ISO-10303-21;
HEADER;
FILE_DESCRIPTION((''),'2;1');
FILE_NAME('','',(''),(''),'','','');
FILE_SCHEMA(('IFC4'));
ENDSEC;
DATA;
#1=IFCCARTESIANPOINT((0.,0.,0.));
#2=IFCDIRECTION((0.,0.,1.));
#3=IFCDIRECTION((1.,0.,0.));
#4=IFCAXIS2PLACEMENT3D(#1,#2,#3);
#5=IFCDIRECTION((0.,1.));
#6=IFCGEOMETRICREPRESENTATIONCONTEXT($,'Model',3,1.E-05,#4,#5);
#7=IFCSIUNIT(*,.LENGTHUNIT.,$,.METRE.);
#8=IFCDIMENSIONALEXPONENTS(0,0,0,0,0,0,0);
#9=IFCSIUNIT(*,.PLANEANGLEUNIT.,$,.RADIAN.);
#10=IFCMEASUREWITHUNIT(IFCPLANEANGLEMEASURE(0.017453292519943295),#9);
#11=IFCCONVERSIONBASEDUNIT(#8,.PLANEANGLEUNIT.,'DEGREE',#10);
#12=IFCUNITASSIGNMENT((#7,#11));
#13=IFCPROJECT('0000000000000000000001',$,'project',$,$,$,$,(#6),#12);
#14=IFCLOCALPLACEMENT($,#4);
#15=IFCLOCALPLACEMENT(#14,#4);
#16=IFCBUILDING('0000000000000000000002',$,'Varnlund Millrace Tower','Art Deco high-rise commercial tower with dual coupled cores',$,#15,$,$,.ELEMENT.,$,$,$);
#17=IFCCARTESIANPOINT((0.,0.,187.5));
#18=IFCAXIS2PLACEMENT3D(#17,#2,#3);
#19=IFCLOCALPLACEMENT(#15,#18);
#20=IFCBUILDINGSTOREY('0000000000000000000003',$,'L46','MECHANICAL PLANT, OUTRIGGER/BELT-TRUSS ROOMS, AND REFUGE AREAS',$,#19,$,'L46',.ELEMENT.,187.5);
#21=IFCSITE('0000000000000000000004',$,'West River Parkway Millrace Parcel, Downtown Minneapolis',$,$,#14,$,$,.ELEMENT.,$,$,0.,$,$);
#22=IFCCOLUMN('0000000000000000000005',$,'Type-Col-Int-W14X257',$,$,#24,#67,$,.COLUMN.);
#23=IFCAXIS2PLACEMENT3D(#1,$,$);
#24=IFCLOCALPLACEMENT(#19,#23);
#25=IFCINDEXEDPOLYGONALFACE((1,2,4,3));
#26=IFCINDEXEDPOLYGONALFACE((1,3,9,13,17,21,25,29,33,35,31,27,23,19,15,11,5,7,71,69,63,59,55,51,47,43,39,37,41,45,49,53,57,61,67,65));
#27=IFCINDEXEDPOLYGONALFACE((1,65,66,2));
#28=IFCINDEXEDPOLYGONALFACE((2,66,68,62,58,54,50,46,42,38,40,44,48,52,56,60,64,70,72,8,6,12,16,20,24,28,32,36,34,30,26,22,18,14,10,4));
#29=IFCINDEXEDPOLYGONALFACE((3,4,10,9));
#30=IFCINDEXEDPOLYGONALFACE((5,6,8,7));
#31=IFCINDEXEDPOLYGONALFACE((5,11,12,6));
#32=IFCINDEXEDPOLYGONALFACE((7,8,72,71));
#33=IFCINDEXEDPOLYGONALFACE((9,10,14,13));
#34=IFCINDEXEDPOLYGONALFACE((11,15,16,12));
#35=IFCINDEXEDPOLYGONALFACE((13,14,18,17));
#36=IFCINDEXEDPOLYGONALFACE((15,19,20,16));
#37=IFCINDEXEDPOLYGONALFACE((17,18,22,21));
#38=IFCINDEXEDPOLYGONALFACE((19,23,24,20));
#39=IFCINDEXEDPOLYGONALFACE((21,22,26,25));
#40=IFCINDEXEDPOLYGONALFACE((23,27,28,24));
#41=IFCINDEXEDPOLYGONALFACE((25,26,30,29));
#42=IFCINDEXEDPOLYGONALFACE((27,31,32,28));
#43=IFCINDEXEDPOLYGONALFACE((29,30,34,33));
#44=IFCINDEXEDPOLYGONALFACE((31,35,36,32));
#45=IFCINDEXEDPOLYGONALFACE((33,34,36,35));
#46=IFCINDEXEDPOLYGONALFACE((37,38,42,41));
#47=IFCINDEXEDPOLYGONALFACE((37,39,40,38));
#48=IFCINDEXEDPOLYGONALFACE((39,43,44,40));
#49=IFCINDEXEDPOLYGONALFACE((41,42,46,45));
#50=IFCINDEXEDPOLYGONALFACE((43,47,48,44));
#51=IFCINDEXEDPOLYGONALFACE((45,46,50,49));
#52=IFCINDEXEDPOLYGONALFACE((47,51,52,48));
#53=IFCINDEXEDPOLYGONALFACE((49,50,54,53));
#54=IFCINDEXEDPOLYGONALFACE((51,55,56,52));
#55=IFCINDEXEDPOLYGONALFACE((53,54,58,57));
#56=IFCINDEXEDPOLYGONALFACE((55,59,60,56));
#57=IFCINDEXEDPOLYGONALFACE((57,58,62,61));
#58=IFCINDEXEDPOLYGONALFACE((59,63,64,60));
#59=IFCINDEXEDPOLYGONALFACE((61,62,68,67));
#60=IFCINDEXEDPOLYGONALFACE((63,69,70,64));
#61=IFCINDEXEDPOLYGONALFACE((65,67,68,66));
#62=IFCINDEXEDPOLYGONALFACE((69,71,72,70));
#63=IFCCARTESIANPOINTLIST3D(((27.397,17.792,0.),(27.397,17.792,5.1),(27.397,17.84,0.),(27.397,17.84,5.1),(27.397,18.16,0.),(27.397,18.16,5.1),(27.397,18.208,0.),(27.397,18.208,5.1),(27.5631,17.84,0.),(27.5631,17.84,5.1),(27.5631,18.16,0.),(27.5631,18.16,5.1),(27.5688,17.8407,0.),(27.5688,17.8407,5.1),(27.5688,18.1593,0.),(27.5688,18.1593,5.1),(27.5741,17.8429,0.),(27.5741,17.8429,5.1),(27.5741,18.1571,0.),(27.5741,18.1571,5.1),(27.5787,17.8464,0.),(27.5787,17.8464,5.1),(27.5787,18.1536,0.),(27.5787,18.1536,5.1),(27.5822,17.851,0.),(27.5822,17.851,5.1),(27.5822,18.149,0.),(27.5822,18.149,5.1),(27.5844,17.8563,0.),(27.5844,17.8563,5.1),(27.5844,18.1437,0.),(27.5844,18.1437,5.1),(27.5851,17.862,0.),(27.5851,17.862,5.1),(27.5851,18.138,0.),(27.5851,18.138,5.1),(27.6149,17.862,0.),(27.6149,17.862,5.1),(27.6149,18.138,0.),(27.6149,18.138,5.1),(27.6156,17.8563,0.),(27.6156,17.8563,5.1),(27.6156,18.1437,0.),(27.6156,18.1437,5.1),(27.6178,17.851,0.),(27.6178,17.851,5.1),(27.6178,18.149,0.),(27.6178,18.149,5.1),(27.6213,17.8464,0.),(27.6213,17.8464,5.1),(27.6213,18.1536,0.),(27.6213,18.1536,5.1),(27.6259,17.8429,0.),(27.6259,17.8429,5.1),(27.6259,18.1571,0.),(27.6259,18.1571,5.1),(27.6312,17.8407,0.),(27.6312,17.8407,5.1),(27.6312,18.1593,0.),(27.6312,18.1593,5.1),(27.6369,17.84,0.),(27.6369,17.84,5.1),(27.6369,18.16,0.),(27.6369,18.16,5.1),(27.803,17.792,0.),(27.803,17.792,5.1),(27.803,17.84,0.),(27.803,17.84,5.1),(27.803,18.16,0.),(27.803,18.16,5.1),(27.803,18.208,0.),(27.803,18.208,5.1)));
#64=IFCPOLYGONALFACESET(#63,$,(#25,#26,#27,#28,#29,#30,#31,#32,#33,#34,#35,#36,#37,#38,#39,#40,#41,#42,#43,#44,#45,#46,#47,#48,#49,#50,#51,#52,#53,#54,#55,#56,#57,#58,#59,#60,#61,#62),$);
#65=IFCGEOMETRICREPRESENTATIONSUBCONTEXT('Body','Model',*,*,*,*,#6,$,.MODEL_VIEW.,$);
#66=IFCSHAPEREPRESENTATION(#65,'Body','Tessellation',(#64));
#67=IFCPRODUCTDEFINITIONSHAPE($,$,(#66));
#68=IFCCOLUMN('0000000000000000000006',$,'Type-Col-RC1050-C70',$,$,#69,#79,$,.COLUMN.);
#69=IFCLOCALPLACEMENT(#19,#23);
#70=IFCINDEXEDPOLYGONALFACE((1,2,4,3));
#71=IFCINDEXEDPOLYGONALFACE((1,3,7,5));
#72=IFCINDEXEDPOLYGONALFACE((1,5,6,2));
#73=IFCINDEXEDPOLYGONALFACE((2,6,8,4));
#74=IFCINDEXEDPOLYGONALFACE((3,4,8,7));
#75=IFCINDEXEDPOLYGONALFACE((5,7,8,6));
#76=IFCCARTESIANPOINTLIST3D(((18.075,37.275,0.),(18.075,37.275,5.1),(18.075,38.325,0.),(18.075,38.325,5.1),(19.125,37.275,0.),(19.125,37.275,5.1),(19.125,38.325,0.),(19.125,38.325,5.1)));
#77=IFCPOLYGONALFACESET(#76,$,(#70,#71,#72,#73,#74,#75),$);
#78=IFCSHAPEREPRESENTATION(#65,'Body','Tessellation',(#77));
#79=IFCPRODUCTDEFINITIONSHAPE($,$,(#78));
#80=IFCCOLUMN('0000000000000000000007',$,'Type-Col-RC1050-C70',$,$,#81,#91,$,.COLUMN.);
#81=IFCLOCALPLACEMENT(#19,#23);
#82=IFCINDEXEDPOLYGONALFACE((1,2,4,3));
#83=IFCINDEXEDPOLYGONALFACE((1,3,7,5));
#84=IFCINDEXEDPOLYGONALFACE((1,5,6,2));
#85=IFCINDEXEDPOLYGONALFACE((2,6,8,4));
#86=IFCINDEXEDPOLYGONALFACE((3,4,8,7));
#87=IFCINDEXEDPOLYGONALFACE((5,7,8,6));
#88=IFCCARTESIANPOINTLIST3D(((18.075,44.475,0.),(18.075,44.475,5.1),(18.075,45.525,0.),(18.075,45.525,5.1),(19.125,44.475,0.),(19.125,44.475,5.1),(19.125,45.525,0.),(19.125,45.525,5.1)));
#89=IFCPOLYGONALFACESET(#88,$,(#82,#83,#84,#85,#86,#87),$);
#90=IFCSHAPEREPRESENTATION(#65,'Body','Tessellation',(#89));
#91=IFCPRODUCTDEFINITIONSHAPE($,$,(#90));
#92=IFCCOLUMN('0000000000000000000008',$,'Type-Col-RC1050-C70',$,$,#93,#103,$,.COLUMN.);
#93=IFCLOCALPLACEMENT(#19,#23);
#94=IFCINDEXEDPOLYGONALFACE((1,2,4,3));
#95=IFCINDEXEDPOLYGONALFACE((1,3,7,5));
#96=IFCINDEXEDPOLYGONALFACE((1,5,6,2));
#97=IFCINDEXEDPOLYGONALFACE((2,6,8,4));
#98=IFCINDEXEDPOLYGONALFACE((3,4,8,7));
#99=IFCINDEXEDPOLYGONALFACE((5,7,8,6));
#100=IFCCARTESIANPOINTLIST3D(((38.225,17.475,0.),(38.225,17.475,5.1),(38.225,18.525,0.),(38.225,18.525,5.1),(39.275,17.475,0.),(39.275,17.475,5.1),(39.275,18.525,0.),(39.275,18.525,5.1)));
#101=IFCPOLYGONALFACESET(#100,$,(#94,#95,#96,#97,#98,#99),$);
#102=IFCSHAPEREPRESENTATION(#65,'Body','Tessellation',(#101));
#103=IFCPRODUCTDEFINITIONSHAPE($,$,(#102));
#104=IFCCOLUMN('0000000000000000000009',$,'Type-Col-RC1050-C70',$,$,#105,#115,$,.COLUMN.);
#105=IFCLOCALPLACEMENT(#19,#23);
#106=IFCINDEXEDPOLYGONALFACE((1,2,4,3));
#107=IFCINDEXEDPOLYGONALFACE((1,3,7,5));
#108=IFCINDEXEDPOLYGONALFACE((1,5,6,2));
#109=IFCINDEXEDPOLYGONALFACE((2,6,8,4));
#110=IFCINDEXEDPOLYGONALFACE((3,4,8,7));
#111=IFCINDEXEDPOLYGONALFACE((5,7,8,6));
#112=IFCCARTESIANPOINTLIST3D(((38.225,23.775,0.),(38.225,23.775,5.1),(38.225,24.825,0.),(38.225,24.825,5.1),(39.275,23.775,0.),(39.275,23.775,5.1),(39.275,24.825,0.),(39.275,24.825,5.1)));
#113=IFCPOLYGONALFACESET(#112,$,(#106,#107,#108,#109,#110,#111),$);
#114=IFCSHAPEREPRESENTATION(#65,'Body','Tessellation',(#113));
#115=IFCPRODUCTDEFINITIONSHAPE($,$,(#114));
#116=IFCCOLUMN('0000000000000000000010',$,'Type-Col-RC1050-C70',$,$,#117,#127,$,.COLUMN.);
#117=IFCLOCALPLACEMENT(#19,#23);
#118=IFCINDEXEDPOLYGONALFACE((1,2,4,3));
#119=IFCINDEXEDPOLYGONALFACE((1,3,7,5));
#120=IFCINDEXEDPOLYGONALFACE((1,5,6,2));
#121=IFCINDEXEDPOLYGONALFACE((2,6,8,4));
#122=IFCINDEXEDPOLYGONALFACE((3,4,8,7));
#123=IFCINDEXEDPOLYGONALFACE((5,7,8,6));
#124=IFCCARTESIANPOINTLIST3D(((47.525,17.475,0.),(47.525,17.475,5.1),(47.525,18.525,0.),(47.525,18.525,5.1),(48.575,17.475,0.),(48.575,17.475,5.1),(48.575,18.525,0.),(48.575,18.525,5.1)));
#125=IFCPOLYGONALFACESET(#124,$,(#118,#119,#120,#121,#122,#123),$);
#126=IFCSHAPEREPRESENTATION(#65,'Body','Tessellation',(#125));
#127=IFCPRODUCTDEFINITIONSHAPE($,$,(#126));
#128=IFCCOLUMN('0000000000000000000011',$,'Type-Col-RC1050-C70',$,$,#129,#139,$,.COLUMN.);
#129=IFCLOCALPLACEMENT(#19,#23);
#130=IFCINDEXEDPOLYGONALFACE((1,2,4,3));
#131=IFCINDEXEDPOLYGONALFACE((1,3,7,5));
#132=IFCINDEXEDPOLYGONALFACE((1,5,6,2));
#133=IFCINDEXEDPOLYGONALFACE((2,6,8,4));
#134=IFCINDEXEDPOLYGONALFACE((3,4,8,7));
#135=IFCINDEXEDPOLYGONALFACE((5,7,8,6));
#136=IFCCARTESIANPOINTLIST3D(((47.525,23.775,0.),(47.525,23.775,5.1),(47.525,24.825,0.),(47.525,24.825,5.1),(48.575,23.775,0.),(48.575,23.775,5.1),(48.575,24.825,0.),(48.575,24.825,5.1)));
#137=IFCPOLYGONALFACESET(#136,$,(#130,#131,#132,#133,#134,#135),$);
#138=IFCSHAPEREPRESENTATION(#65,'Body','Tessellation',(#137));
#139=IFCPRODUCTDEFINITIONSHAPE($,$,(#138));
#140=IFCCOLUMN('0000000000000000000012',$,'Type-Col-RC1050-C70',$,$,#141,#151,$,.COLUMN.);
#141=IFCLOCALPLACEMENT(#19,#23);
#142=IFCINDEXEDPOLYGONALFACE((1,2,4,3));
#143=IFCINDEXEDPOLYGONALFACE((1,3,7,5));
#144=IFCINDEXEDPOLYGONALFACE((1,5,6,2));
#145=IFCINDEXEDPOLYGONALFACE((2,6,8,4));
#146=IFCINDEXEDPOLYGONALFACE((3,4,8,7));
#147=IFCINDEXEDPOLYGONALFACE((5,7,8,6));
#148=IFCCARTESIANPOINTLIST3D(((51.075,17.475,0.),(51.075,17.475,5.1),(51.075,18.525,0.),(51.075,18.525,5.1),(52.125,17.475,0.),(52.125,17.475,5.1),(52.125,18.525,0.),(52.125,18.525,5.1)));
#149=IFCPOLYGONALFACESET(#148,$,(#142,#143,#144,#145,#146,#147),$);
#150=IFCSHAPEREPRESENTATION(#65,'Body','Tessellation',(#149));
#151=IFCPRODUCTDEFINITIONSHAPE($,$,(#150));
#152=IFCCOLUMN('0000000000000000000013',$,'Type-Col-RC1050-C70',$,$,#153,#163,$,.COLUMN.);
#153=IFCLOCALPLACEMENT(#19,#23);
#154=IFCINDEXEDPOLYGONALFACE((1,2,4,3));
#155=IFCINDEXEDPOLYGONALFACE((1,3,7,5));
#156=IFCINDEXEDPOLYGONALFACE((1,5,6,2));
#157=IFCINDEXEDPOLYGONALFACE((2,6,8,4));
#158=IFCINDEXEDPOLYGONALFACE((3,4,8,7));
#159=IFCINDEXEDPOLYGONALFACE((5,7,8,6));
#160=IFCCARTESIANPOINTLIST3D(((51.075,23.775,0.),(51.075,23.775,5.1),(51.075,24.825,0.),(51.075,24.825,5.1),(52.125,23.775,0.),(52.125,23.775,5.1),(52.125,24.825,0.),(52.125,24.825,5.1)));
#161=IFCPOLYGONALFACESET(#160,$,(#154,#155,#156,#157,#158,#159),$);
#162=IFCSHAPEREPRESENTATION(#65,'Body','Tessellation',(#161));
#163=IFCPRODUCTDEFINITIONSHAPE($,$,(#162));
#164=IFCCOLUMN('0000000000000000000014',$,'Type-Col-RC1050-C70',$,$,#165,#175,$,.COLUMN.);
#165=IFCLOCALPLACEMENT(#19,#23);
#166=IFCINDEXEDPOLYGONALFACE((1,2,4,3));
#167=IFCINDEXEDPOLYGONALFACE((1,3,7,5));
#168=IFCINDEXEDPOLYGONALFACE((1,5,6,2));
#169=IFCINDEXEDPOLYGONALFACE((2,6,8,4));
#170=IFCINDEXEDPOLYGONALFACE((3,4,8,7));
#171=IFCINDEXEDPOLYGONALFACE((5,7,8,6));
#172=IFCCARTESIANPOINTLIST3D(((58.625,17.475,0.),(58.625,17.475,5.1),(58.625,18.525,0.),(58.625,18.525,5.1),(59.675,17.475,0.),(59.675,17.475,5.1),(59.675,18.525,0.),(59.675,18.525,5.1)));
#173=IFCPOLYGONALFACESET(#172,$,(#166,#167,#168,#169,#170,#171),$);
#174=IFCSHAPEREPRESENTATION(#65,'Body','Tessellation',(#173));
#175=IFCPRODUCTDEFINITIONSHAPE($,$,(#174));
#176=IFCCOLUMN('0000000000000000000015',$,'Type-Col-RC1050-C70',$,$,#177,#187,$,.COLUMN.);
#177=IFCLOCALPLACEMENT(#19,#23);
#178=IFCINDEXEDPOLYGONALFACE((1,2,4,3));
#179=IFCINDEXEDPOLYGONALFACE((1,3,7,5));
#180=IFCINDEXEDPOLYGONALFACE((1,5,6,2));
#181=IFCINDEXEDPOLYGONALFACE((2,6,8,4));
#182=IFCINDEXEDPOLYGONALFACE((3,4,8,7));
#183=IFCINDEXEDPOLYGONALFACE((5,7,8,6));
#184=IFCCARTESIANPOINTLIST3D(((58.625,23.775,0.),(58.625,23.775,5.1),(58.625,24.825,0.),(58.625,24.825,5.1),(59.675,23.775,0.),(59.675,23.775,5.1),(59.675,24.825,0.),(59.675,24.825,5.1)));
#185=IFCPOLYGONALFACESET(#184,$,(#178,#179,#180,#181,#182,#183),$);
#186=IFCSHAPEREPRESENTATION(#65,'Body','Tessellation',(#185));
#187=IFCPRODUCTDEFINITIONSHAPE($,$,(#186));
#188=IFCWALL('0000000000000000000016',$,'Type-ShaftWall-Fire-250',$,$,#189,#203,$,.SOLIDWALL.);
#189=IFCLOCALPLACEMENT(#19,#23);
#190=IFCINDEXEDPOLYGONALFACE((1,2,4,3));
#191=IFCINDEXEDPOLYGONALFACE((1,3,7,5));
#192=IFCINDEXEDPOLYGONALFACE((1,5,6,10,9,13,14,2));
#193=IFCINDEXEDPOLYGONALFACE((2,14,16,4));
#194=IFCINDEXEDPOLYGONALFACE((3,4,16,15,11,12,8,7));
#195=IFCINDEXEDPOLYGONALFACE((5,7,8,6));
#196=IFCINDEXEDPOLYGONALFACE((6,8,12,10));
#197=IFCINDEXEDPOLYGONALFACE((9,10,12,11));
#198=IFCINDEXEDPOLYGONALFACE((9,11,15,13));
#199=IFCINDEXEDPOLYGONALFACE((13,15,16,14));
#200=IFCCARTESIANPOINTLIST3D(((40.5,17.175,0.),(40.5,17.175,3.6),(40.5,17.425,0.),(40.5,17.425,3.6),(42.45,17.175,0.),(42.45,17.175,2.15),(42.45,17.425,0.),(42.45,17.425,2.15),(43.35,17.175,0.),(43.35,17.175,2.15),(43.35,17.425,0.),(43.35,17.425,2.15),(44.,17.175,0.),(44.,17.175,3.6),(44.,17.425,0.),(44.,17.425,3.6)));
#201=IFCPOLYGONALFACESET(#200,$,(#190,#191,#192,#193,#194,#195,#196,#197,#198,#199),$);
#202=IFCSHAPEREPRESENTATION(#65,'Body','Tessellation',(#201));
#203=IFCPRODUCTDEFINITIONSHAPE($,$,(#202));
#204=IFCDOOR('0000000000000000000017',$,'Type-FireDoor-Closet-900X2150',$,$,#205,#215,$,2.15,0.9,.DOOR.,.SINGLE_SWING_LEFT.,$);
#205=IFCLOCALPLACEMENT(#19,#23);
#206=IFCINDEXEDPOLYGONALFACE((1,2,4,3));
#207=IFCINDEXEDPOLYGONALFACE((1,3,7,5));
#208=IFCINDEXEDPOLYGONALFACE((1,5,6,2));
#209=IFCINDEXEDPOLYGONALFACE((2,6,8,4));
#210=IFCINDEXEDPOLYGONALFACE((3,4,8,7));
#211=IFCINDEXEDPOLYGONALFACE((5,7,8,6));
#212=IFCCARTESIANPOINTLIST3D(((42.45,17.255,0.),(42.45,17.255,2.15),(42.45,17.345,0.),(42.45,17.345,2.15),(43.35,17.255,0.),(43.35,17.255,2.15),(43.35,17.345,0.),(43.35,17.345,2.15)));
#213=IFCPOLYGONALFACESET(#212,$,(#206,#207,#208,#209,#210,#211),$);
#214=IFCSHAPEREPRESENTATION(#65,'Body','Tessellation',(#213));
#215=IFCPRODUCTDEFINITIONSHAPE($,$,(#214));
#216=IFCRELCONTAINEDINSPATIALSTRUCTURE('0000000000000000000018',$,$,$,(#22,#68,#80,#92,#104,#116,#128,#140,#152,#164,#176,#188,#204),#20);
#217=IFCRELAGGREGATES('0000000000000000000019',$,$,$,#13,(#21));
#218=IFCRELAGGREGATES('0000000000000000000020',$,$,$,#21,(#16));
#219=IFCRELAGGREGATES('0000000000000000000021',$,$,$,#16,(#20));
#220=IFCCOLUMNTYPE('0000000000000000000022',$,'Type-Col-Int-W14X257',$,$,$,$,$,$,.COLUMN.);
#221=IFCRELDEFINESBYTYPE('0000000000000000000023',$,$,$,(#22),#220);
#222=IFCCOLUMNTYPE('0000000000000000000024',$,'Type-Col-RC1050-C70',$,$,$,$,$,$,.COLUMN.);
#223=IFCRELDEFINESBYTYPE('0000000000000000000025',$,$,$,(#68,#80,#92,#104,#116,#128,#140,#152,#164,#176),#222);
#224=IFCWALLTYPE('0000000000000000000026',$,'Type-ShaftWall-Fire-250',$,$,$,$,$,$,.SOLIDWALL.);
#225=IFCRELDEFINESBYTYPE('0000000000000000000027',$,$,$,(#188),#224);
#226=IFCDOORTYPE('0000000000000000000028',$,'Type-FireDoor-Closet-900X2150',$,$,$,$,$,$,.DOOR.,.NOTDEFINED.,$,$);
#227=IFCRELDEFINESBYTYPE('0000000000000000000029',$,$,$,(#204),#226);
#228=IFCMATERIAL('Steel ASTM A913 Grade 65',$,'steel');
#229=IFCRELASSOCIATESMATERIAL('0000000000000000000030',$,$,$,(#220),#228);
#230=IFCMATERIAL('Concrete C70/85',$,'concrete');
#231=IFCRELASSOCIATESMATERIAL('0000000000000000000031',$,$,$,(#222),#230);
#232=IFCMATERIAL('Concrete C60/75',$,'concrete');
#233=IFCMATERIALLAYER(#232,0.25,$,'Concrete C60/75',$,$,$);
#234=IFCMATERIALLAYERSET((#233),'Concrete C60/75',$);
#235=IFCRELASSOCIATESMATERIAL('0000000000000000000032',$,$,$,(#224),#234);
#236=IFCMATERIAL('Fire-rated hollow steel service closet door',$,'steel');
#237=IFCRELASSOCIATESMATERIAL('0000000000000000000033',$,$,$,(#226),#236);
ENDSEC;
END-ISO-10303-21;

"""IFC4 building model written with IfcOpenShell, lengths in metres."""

from ifc_helpers import new_model, entity, si_unit, converted_unit, direction, frame, origin_with_axes, origin_2d_with_axis, place, context, subcontext, project, spatial, polyline, rectangle, i_section, outline, extrude, material, layer, layer_set, material_profile, profile_set, type_object, element, fill, save


model = new_model("IFC4")

# Units and contexts
model_context = context("Model", 3, precision=1e-05, world=origin_with_axes(), true_north=direction((0.0, 1.0)))
body_context = subcontext(model_context, "Body", "Model", "MODEL_VIEW")
ifc_project = project(units=[si_unit("LENGTHUNIT", "METRE"), converted_unit("PLANEANGLEUNIT", "DEGREE", entity("IfcPlaneAngleMeasure", 0.017453292519943295), si_unit("PLANEANGLEUNIT", "RADIAN"), dimensions=[0, 0, 0, 0, 0, 0, 0])], contexts=[model_context])

# Site, building, storey
site_placement = place(None, origin_with_axes())
site = spatial("IfcSite", under=ifc_project, at=site_placement, Name="West River Parkway Millrace Parcel, Downtown Minneapolis", CompositionType="ELEMENT", RefElevation=0.0)
building_placement = place(site_placement, origin_with_axes())
building = spatial("IfcBuilding", under=site, at=building_placement, Name="Varnlund Millrace Tower", Description="Art Deco high-rise commercial tower with dual coupled cores", CompositionType="ELEMENT")
storey_placement = place(building_placement, frame((0.0, 0.0, 187.5), z_axis=(0.0, 0.0, 1.0), x_axis=(1.0, 0.0, 0.0)))
storey = spatial("IfcBuildingStorey", under=building, at=storey_placement, Name="L46", Description="MECHANICAL PLANT, OUTRIGGER/BELT-TRUSS ROOMS, AND REFUGE AREAS", LongName="L46", CompositionType="ELEMENT", Elevation=187.5)

# Columns
ifc_material_1 = material(Name="Steel ASTM A913 Grade 65", Category="steel")
ifc_material_profile_1 = material_profile(ifc_material_1, i_section(OverallWidth=0.406, OverallDepth=0.416, WebThickness=0.0298, FlangeThickness=0.048, FilletRadius=0.022, at=origin_2d_with_axis()), Name="Steel ASTM A913 Grade 65")
ifc_profile_set_1 = profile_set([ifc_material_profile_1], Name="Steel ASTM A913 Grade 65")
column_type_1 = type_object("IfcColumnType", Name="Type-Col-Int-W14X257", PredefinedType="COLUMN", material=ifc_profile_set_1)
column_placement = place(storey_placement, frame((27.6, 18.0, 0.0), z_axis=(0.0, 0.0, 1.0), x_axis=(1.0, 0.0, 0.0)))
element("IfcColumn", 1, at=column_placement, inside=storey, type_object=column_type_1, Name="Type-Col-Int-W14X257", PredefinedType="COLUMN", context=body_context, shape_type="SweptSolid", body=[
    extrude(i_section(OverallWidth=0.406, OverallDepth=0.416, WebThickness=0.0298, FlangeThickness=0.048, FilletRadius=0.022, at=origin_2d_with_axis()), origin_with_axes(), (0.0, 0.0, 1.0), 5.1),
])
ifc_material_2 = material(Name="Concrete C70/85", Category="concrete")
ifc_material_profile_2 = material_profile(ifc_material_2, rectangle(XDim=1.05, YDim=1.05, at=origin_2d_with_axis()), Name="Concrete C70/85")
ifc_profile_set_2 = profile_set([ifc_material_profile_2], Name="Concrete C70/85")
column_type_2 = type_object("IfcColumnType", Name="Type-Col-RC1050-C70", PredefinedType="COLUMN", material=ifc_profile_set_2)
for number, where, z_axis, x_axis, name in (
    (2, (18.6, 37.8, 0.0), (0.0, 0.0, 1.0), (1.0, 0.0, 0.0), "Type-Col-RC1050-C70"),
    (3, (18.6, 45.0, 0.0), (0.0, 0.0, 1.0), (1.0, 0.0, 0.0), "Type-Col-RC1050-C70"),
    (4, (38.75, 18.0, 0.0), (0.0, 0.0, 1.0), (1.0, 0.0, 0.0), "Type-Col-RC1050-C70"),
    (5, (38.75, 24.3, 0.0), (0.0, 0.0, 1.0), (1.0, 0.0, 0.0), "Type-Col-RC1050-C70"),
    (6, (48.05, 18.0, 0.0), (0.0, 0.0, 1.0), (1.0, 0.0, 0.0), "Type-Col-RC1050-C70"),
    (7, (48.05, 24.3, 0.0), (0.0, 0.0, 1.0), (1.0, 0.0, 0.0), "Type-Col-RC1050-C70"),
    (8, (51.6, 18.0, 0.0), (0.0, 0.0, 1.0), (1.0, 0.0, 0.0), "Type-Col-RC1050-C70"),
    (9, (51.6, 24.3, 0.0), (0.0, 0.0, 1.0), (1.0, 0.0, 0.0), "Type-Col-RC1050-C70"),
    (10, (59.15, 18.0, 0.0), (0.0, 0.0, 1.0), (1.0, 0.0, 0.0), "Type-Col-RC1050-C70"),
    (11, (59.15, 24.3, 0.0), (0.0, 0.0, 1.0), (1.0, 0.0, 0.0), "Type-Col-RC1050-C70"),
):
    element("IfcColumn", number, at=place(storey_placement, frame(where, z_axis=z_axis, x_axis=x_axis)), inside=storey, type_object=column_type_2, Name=name, PredefinedType="COLUMN", context=body_context, shape_type="SweptSolid", body=[
        extrude(rectangle(XDim=1.05, YDim=1.05, at=origin_2d_with_axis()), origin_with_axes(), (0.0, 0.0, 1.0), 5.1),
    ])

# Wall, opening, door
ifc_material_3 = material(Name="Concrete C60/75", Category="concrete")
ifc_layer = layer(ifc_material_3, 0.25, Name="Concrete C60/75")
ifc_layer_set = layer_set([ifc_layer], Name="Concrete C60/75")
wall_type_1 = type_object("IfcWallType", Name="Type-ShaftWall-Fire-250", PredefinedType="SOLIDWALL", material=ifc_layer_set)
wall_1_placement = place(storey_placement, frame((40.5, 17.3, 0.0), z_axis=(0.0, 0.0, 1.0), x_axis=(1.0, 0.0, 0.0)))
wall_1 = element("IfcWall", 12, at=wall_1_placement, inside=storey, type_object=wall_type_1, Name="Type-ShaftWall-Fire-250", PredefinedType="SOLIDWALL", context=body_context, shape_type="SweptSolid", body=[
    extrude(outline(polyline([(0.0, -0.125), (3.5, -0.125), (3.5, 0.125), (0.0, 0.125), (0.0, -0.125)])), origin_with_axes(), (0.0, 0.0, 1.0), 3.6),
])
opening_placement = place(wall_1_placement, frame((2.4, 0.0, 0.0), z_axis=(0.0, 0.0, 1.0), x_axis=(1.0, 0.0, 0.0)))
opening = element("IfcOpeningElement", 13, at=opening_placement, cuts=wall_1, PredefinedType="OPENING", context=body_context, shape_type="SweptSolid", body=[
    extrude(rectangle(XDim=0.9, YDim=0.27, at=origin_2d_with_axis()), origin_with_axes(), (0.0, 0.0, 1.0), 2.15),
])
ifc_material_4 = material(Name="Fire-rated hollow steel service closet door", Category="steel")
door_type = type_object("IfcDoorType", Name="Type-FireDoor-Closet-900X2150", OperationType="NOTDEFINED", PredefinedType="DOOR", material=ifc_material_4)
door_placement = place(wall_1_placement, frame((2.4, 0.0, 0.0), z_axis=(0.0, 0.0, 1.0), x_axis=(1.0, 0.0, 0.0)))
door = element("IfcDoor", 14, at=door_placement, inside=storey, type_object=door_type, Name="Type-FireDoor-Closet-900X2150", OperationType="SINGLE_SWING_LEFT", OverallHeight=2.15, OverallWidth=0.9, PredefinedType="DOOR", context=body_context, shape_type="SweptSolid", body=[
    extrude(rectangle(XDim=0.9, YDim=0.09, at=origin_2d_with_axis()), origin_with_axes(), (0.0, 0.0, 1.0), 2.15),
])
fill(opening, door)

save(model, "model.ifc")
